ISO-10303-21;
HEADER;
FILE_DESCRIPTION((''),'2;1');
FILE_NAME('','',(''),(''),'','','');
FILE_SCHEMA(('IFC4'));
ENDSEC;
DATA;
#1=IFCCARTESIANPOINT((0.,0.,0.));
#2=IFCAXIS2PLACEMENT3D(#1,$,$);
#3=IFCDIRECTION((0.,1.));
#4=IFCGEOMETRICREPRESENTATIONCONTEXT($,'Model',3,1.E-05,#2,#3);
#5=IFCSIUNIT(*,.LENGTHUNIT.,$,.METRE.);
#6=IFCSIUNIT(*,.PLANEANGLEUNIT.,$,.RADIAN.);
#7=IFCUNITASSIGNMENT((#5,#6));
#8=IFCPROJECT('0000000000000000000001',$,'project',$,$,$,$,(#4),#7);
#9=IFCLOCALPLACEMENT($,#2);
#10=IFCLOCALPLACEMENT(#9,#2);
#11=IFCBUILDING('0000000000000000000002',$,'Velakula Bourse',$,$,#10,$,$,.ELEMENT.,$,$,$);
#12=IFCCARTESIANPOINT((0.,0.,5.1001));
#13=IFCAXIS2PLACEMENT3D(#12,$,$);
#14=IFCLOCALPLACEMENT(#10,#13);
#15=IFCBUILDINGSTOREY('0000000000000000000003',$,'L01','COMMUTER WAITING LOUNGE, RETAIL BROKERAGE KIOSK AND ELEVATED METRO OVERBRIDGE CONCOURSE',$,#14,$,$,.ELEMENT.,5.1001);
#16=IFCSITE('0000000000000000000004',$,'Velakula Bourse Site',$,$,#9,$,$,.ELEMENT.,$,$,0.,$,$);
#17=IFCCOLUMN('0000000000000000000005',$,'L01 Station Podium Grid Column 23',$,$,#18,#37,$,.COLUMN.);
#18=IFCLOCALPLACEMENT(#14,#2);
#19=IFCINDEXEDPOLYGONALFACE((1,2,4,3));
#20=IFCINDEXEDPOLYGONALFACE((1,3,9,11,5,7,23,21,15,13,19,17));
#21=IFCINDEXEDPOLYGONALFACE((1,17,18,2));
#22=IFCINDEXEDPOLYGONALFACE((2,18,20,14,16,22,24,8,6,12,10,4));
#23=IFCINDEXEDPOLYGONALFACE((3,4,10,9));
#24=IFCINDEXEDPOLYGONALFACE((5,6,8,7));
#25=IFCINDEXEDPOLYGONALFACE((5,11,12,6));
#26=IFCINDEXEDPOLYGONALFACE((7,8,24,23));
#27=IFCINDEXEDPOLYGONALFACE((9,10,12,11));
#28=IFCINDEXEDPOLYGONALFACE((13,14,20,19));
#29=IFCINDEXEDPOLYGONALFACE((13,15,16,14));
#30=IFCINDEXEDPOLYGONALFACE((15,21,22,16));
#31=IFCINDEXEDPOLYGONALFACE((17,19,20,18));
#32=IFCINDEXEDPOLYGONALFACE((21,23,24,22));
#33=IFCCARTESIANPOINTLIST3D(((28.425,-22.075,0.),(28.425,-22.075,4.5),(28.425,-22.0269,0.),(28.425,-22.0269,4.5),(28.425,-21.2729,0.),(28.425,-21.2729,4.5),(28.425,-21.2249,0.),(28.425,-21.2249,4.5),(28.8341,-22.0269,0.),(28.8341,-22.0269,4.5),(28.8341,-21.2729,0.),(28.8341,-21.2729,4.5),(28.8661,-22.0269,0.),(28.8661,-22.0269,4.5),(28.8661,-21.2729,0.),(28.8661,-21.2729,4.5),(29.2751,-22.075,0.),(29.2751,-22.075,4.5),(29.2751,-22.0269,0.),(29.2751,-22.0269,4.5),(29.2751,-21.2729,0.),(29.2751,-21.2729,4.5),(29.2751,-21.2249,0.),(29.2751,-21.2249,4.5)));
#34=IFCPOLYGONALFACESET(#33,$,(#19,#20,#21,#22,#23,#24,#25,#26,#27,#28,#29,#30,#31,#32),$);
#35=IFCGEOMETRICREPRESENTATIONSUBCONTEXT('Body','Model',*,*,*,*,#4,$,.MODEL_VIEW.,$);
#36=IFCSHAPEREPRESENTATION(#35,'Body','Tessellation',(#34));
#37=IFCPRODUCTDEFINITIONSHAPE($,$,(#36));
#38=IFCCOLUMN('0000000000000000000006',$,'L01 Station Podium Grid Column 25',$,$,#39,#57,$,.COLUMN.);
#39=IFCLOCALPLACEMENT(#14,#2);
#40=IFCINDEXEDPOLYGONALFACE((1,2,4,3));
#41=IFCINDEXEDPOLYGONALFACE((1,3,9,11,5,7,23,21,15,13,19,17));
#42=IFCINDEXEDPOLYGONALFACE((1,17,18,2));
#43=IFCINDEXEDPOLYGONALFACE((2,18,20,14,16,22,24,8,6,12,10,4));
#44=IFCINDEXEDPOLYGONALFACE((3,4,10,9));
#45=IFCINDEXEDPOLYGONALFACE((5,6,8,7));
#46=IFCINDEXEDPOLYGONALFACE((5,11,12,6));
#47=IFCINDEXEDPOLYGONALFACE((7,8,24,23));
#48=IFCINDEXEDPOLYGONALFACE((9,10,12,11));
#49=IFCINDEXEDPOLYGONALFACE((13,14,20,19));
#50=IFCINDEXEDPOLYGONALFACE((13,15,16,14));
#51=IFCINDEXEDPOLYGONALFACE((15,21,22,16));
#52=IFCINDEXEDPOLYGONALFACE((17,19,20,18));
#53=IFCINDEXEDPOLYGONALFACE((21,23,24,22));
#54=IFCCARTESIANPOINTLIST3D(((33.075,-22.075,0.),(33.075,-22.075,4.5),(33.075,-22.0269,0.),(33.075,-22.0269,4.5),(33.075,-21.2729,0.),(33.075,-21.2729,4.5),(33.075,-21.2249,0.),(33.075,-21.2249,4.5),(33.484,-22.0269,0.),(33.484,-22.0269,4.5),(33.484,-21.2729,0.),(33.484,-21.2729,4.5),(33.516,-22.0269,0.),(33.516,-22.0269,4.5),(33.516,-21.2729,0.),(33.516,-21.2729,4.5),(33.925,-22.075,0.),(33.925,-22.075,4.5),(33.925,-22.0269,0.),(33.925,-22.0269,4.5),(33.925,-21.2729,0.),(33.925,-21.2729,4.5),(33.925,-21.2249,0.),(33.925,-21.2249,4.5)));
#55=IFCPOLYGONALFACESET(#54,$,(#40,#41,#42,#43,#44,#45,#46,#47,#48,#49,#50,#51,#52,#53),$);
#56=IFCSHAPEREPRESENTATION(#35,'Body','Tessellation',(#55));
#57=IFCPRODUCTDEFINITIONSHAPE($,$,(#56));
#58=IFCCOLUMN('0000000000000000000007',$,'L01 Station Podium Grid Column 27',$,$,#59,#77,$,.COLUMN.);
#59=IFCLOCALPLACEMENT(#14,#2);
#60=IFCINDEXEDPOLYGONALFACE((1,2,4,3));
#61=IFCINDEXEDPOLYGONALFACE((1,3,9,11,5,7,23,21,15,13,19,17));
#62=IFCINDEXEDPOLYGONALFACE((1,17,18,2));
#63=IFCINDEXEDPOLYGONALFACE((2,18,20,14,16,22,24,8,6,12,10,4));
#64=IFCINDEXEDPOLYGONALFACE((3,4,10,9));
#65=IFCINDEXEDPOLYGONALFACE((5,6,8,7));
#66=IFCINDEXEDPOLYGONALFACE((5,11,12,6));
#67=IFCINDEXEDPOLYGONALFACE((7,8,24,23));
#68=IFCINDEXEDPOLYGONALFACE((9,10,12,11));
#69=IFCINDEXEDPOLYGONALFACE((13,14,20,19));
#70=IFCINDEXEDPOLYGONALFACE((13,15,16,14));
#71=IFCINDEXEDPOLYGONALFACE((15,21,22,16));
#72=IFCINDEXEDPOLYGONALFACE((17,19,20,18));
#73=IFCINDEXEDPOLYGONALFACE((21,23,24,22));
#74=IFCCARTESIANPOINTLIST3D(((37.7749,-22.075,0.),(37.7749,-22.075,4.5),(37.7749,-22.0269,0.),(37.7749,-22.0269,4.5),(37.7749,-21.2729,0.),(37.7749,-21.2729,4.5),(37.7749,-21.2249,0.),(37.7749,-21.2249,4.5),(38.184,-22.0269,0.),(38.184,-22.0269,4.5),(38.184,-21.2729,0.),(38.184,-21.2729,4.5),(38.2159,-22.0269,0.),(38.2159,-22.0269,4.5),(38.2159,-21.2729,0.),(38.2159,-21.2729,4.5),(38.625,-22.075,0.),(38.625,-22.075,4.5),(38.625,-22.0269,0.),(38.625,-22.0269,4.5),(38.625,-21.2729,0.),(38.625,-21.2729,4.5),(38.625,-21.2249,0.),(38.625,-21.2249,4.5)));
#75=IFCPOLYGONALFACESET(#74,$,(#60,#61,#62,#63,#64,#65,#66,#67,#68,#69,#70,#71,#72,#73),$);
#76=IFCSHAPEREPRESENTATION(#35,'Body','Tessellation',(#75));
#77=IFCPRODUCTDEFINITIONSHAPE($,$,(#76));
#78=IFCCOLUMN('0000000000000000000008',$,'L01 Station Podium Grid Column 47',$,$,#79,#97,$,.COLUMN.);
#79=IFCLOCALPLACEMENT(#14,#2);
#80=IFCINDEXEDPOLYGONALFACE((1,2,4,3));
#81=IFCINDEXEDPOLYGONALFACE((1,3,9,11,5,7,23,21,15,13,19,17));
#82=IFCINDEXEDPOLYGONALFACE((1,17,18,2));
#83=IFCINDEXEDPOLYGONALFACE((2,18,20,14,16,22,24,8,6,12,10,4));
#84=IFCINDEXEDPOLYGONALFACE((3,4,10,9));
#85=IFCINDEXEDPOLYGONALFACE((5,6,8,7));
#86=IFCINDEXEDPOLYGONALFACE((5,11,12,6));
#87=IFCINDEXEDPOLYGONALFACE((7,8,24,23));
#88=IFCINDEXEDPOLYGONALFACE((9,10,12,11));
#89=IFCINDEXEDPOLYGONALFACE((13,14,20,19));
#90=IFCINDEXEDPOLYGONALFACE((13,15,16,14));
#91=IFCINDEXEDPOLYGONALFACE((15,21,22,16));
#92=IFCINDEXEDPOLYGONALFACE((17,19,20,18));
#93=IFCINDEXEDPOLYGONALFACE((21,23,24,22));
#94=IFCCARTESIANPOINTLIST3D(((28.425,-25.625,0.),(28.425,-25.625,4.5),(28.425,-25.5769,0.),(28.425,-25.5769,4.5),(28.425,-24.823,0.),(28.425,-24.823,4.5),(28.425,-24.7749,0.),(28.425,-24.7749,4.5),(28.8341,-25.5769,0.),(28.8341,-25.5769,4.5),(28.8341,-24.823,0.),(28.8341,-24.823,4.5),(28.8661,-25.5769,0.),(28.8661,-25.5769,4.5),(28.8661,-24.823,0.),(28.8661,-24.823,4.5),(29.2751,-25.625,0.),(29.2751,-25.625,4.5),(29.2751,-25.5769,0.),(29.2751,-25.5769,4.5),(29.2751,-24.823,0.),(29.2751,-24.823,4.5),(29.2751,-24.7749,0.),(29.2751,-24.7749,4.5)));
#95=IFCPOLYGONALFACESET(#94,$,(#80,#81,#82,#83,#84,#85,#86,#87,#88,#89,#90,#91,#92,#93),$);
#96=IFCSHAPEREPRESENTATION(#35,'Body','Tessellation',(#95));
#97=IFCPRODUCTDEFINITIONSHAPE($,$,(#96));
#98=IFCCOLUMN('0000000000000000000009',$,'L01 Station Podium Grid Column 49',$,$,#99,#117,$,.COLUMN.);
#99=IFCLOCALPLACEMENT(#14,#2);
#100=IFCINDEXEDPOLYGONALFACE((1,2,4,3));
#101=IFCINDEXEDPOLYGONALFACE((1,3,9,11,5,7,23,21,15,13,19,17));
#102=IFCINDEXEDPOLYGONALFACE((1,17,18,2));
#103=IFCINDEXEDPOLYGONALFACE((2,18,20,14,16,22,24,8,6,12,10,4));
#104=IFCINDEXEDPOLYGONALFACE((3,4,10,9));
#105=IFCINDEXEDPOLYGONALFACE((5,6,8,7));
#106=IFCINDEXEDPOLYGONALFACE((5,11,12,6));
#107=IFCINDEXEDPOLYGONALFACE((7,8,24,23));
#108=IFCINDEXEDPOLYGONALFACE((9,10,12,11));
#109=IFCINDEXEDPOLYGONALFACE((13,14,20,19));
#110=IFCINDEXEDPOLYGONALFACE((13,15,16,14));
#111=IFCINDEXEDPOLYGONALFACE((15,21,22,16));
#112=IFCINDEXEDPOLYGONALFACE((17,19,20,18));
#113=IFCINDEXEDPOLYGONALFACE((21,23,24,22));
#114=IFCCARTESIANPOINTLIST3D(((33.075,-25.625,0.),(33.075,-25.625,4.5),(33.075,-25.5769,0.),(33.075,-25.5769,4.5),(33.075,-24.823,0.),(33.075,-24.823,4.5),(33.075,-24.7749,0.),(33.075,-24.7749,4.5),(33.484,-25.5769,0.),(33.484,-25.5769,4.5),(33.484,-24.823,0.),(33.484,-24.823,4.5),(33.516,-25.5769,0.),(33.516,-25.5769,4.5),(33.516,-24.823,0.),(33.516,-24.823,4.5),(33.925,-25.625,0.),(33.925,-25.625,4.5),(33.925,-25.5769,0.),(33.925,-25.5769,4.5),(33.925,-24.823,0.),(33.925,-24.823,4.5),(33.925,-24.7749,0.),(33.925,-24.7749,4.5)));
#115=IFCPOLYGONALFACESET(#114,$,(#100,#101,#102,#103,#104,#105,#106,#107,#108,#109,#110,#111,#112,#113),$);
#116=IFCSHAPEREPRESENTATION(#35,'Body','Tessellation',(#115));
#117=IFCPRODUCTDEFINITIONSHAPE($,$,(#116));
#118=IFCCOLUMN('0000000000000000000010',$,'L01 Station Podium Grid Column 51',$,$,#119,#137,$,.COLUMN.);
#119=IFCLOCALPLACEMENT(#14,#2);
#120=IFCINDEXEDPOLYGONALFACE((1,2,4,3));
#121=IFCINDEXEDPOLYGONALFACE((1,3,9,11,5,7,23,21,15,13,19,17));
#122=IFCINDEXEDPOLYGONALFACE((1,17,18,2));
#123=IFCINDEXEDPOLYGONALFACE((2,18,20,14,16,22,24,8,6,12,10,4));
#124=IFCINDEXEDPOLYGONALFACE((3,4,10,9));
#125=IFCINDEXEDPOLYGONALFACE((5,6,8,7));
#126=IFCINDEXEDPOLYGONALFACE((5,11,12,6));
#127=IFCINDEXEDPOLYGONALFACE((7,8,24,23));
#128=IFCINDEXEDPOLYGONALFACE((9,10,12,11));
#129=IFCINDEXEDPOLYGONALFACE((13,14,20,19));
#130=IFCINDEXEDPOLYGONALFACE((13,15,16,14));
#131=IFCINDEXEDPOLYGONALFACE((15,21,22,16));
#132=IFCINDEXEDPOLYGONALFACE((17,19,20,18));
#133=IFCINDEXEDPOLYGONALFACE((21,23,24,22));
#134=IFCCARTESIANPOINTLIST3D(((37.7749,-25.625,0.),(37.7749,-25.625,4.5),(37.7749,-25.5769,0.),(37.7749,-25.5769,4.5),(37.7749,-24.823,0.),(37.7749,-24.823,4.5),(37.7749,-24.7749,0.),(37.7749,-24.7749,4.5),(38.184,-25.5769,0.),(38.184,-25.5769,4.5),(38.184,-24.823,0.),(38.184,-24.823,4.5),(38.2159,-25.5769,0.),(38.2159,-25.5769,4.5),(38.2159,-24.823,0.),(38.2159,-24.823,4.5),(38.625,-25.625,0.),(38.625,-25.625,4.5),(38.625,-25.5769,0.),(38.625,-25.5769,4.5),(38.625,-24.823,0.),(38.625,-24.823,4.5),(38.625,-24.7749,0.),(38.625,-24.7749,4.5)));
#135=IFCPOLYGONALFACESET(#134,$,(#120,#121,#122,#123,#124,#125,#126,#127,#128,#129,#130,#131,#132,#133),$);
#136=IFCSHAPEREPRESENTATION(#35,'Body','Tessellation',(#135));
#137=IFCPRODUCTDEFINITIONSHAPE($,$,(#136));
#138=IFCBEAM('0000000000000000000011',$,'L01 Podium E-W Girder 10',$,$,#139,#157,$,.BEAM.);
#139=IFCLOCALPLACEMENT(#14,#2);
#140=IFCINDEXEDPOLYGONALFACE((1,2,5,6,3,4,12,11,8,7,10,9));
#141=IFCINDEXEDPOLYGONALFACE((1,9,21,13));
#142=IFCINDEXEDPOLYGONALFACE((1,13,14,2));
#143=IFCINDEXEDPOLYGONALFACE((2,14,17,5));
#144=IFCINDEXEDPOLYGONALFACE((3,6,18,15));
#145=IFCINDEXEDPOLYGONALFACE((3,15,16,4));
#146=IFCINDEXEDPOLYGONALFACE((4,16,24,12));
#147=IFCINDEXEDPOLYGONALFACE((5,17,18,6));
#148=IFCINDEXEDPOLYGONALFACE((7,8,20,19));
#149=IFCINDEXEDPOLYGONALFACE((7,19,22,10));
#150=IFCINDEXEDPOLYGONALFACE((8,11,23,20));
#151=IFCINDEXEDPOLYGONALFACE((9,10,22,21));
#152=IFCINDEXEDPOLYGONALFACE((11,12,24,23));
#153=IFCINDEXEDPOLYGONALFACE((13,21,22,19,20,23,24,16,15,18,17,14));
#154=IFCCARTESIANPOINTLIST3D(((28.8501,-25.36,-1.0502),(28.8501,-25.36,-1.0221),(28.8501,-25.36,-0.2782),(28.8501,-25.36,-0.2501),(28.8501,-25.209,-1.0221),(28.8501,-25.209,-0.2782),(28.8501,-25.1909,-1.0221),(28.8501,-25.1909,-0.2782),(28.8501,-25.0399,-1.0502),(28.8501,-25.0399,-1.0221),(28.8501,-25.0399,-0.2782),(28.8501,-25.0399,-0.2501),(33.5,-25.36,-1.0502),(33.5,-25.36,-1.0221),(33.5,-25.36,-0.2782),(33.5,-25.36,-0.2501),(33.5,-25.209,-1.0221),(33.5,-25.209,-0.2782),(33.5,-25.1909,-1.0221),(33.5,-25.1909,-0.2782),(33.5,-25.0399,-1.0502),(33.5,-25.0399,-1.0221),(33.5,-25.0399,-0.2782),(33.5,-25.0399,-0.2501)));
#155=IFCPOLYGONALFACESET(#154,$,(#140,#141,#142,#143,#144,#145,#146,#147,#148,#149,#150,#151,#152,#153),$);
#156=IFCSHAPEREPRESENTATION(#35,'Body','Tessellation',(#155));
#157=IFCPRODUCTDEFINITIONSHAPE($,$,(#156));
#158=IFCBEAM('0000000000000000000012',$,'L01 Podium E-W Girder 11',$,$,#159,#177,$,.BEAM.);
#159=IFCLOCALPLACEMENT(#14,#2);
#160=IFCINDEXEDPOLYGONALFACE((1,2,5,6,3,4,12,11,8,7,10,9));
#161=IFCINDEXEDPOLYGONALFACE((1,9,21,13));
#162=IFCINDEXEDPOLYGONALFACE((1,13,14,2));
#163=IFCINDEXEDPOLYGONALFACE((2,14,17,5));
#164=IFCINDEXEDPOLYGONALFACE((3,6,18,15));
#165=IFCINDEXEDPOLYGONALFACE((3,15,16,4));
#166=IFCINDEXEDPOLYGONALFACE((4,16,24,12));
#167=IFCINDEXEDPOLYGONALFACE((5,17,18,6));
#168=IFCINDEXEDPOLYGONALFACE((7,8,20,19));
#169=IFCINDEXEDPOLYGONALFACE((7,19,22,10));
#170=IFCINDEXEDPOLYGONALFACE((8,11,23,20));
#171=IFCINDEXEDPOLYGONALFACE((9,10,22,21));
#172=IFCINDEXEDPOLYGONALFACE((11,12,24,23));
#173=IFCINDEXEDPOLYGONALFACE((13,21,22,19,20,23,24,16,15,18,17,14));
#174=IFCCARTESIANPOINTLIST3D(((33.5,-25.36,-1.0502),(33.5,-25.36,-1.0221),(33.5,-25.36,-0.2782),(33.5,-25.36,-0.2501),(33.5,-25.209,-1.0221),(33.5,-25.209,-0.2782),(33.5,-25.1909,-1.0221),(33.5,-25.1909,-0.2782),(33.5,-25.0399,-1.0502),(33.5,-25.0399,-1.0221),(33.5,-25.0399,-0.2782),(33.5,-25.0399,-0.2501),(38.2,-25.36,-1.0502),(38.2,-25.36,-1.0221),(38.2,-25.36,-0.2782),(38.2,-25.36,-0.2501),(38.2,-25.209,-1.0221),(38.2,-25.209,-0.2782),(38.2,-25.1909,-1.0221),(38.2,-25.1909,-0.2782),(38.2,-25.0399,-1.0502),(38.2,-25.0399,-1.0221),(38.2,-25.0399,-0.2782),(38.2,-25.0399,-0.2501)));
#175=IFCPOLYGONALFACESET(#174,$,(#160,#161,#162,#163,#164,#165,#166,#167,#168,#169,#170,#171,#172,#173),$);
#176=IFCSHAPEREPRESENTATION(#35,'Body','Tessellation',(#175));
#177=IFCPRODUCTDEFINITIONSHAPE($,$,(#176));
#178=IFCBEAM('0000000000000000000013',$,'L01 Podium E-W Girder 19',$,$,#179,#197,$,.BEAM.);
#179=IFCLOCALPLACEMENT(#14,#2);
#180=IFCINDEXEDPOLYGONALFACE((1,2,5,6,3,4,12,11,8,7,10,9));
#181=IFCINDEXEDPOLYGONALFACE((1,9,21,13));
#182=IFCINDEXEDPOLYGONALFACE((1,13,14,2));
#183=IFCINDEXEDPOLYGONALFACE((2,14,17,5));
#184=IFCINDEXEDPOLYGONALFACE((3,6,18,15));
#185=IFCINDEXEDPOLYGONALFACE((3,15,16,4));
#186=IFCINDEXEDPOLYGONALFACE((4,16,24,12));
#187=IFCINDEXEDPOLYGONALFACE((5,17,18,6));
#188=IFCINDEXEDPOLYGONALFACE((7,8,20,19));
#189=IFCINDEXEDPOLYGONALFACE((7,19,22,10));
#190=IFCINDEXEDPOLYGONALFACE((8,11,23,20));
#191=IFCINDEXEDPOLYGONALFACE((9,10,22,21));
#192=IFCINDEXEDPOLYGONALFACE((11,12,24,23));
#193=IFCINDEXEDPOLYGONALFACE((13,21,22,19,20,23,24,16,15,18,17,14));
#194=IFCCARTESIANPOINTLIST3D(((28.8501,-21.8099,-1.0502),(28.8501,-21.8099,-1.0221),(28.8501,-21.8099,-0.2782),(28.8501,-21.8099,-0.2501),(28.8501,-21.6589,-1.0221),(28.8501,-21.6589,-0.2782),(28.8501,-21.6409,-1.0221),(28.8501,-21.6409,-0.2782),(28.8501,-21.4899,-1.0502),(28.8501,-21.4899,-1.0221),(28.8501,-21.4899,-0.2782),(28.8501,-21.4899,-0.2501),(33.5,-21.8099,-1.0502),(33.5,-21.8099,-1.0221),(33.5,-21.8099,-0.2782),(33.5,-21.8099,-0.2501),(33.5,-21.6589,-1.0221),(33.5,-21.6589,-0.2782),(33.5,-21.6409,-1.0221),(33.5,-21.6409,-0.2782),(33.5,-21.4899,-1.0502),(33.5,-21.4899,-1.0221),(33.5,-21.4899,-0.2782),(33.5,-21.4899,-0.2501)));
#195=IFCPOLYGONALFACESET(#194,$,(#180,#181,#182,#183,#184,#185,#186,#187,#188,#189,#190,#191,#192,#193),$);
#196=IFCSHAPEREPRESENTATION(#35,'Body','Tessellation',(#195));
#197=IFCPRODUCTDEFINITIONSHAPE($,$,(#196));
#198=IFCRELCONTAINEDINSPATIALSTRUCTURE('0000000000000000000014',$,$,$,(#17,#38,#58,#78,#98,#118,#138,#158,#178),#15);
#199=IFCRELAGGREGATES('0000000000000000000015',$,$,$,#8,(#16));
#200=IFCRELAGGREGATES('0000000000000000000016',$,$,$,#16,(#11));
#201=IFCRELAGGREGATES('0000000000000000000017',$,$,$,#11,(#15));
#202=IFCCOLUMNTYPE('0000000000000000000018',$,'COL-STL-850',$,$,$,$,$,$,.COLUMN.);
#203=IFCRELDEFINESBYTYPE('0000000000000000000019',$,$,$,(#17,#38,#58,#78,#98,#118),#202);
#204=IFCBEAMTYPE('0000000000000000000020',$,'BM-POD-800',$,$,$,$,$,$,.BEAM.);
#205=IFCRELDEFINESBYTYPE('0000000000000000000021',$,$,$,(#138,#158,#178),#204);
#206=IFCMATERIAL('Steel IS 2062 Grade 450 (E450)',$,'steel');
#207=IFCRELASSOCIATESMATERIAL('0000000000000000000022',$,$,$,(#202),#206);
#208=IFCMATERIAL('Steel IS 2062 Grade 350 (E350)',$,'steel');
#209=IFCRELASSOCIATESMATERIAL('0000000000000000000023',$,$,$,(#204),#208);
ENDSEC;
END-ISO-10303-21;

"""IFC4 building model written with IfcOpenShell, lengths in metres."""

from ifc_helpers import new_model, si_unit, direction, frame, origin, origin_2d, place, context, subcontext, project, spatial, i_section, extrude, material, material_profile, profile_set, type_object, element, save


model = new_model("IFC4")

# Units and contexts
model_context = context("Model", 3, precision=1e-05, world=origin(), true_north=direction((0.0, 1.0)))
body_context = subcontext(model_context, "Body", "Model", "MODEL_VIEW")
ifc_project = project(units=[si_unit("LENGTHUNIT", "METRE"), si_unit("PLANEANGLEUNIT", "RADIAN")], contexts=[model_context])

# Site, building, storey
site_placement = place(None, origin())
site = spatial("IfcSite", under=ifc_project, at=site_placement, Name="Velakula Bourse Site", CompositionType="ELEMENT", RefElevation=0.0)
building_placement = place(site_placement, origin())
building = spatial("IfcBuilding", under=site, at=building_placement, Name="Velakula Bourse", CompositionType="ELEMENT")
storey_placement = place(building_placement, frame((0.0, 0.0, 5.1001)))
storey = spatial("IfcBuildingStorey", under=building, at=storey_placement, Name="L01", Description="COMMUTER WAITING LOUNGE, RETAIL BROKERAGE KIOSK AND ELEVATED METRO OVERBRIDGE CONCOURSE", CompositionType="ELEMENT", Elevation=5.1001)

# Columns
ifc_material_1 = material(Name="Steel IS 2062 Grade 450 (E450)", Category="steel")
ifc_material_profile_1 = material_profile(ifc_material_1, i_section(OverallWidth=0.8501, OverallDepth=0.8501, WebThickness=0.032, FlangeThickness=0.0481, at=origin_2d()), Name="Steel IS 2062 Grade 450 (E450)")
ifc_profile_set_1 = profile_set([ifc_material_profile_1], Name="Steel IS 2062 Grade 450 (E450)")
column_type = type_object("IfcColumnType", Name="COL-STL-850", PredefinedType="COLUMN", material=ifc_profile_set_1)
for number, where, z_axis, x_axis, name in (
    (1, (28.8501, -21.6499, 0.0), (0.0, 0.0, 1.0), (1.0, 0.0, 0.0), "L01 Station Podium Grid Column 23"),
    (2, (33.5, -21.6499, 0.0), (0.0, 0.0, 1.0), (1.0, 0.0, 0.0), "L01 Station Podium Grid Column 25"),
    (3, (38.2, -21.6499, 0.0), (0.0, 0.0, 1.0), (1.0, 0.0, 0.0), "L01 Station Podium Grid Column 27"),
    (4, (28.8501, -25.2, 0.0), (0.0, 0.0, 1.0), (1.0, 0.0, 0.0), "L01 Station Podium Grid Column 47"),
    (5, (33.5, -25.2, 0.0), (0.0, 0.0, 1.0), (1.0, 0.0, 0.0), "L01 Station Podium Grid Column 49"),
    (6, (38.2, -25.2, 0.0), (0.0, 0.0, 1.0), (1.0, 0.0, 0.0), "L01 Station Podium Grid Column 51"),
):
    element("IfcColumn", number, at=place(storey_placement, frame(where, z_axis=z_axis, x_axis=x_axis)), inside=storey, type_object=column_type, Name=name, PredefinedType="COLUMN", context=body_context, shape_type="SweptSolid", body=[
        extrude(i_section(OverallWidth=0.8501, OverallDepth=0.8501, WebThickness=0.032, FlangeThickness=0.0481, at=origin_2d()), origin(), (0.0, 0.0, 1.0), 4.5),
    ])

# Beams
ifc_material_2 = material(Name="Steel IS 2062 Grade 350 (E350)", Category="steel")
ifc_material_profile_2 = material_profile(ifc_material_2, i_section(OverallWidth=0.3201, OverallDepth=0.8, WebThickness=0.0181, FlangeThickness=0.0281, at=origin_2d()), Name="Steel IS 2062 Grade 350 (E350)")
ifc_profile_set_2 = profile_set([ifc_material_profile_2], Name="Steel IS 2062 Grade 350 (E350)")
beam_type_1 = type_object("IfcBeamType", Name="BM-POD-800", PredefinedType="BEAM", material=ifc_profile_set_2)
beam_1_placement = place(storey_placement, frame((28.8501, -25.2, -0.6501), z_axis=(1.0, 0.0, 0.0), x_axis=(0.0, 1.0, 0.0)))
element("IfcBeam", 7, at=beam_1_placement, inside=storey, type_object=beam_type_1, Name="L01 Podium E-W Girder 10", PredefinedType="BEAM", context=body_context, shape_type="SweptSolid", body=[
    extrude(i_section(OverallWidth=0.3201, OverallDepth=0.8, WebThickness=0.0181, FlangeThickness=0.0281, at=origin_2d()), origin(), (0.0, 0.0, 1.0), 4.6499),
])
beam_2_placement = place(storey_placement, frame((33.5, -25.2, -0.6501), z_axis=(1.0, 0.0, 0.0), x_axis=(0.0, 1.0, 0.0)))
element("IfcBeam", 8, at=beam_2_placement, inside=storey, type_object=beam_type_1, Name="L01 Podium E-W Girder 11", PredefinedType="BEAM", context=body_context, shape_type="SweptSolid", body=[
    extrude(i_section(OverallWidth=0.3201, OverallDepth=0.8, WebThickness=0.0181, FlangeThickness=0.0281, at=origin_2d()), origin(), (0.0, 0.0, 1.0), 4.7),
])
beam_3_placement = place(storey_placement, frame((28.8501, -21.6499, -0.6501), z_axis=(1.0, 0.0, 0.0), x_axis=(0.0, 1.0, 0.0)))
element("IfcBeam", 9, at=beam_3_placement, inside=storey, type_object=beam_type_1, Name="L01 Podium E-W Girder 19", PredefinedType="BEAM", context=body_context, shape_type="SweptSolid", body=[
    extrude(i_section(OverallWidth=0.3201, OverallDepth=0.8, WebThickness=0.0181, FlangeThickness=0.0281, at=origin_2d()), origin(), (0.0, 0.0, 1.0), 4.6499),
])

save(model, "model.ifc")
